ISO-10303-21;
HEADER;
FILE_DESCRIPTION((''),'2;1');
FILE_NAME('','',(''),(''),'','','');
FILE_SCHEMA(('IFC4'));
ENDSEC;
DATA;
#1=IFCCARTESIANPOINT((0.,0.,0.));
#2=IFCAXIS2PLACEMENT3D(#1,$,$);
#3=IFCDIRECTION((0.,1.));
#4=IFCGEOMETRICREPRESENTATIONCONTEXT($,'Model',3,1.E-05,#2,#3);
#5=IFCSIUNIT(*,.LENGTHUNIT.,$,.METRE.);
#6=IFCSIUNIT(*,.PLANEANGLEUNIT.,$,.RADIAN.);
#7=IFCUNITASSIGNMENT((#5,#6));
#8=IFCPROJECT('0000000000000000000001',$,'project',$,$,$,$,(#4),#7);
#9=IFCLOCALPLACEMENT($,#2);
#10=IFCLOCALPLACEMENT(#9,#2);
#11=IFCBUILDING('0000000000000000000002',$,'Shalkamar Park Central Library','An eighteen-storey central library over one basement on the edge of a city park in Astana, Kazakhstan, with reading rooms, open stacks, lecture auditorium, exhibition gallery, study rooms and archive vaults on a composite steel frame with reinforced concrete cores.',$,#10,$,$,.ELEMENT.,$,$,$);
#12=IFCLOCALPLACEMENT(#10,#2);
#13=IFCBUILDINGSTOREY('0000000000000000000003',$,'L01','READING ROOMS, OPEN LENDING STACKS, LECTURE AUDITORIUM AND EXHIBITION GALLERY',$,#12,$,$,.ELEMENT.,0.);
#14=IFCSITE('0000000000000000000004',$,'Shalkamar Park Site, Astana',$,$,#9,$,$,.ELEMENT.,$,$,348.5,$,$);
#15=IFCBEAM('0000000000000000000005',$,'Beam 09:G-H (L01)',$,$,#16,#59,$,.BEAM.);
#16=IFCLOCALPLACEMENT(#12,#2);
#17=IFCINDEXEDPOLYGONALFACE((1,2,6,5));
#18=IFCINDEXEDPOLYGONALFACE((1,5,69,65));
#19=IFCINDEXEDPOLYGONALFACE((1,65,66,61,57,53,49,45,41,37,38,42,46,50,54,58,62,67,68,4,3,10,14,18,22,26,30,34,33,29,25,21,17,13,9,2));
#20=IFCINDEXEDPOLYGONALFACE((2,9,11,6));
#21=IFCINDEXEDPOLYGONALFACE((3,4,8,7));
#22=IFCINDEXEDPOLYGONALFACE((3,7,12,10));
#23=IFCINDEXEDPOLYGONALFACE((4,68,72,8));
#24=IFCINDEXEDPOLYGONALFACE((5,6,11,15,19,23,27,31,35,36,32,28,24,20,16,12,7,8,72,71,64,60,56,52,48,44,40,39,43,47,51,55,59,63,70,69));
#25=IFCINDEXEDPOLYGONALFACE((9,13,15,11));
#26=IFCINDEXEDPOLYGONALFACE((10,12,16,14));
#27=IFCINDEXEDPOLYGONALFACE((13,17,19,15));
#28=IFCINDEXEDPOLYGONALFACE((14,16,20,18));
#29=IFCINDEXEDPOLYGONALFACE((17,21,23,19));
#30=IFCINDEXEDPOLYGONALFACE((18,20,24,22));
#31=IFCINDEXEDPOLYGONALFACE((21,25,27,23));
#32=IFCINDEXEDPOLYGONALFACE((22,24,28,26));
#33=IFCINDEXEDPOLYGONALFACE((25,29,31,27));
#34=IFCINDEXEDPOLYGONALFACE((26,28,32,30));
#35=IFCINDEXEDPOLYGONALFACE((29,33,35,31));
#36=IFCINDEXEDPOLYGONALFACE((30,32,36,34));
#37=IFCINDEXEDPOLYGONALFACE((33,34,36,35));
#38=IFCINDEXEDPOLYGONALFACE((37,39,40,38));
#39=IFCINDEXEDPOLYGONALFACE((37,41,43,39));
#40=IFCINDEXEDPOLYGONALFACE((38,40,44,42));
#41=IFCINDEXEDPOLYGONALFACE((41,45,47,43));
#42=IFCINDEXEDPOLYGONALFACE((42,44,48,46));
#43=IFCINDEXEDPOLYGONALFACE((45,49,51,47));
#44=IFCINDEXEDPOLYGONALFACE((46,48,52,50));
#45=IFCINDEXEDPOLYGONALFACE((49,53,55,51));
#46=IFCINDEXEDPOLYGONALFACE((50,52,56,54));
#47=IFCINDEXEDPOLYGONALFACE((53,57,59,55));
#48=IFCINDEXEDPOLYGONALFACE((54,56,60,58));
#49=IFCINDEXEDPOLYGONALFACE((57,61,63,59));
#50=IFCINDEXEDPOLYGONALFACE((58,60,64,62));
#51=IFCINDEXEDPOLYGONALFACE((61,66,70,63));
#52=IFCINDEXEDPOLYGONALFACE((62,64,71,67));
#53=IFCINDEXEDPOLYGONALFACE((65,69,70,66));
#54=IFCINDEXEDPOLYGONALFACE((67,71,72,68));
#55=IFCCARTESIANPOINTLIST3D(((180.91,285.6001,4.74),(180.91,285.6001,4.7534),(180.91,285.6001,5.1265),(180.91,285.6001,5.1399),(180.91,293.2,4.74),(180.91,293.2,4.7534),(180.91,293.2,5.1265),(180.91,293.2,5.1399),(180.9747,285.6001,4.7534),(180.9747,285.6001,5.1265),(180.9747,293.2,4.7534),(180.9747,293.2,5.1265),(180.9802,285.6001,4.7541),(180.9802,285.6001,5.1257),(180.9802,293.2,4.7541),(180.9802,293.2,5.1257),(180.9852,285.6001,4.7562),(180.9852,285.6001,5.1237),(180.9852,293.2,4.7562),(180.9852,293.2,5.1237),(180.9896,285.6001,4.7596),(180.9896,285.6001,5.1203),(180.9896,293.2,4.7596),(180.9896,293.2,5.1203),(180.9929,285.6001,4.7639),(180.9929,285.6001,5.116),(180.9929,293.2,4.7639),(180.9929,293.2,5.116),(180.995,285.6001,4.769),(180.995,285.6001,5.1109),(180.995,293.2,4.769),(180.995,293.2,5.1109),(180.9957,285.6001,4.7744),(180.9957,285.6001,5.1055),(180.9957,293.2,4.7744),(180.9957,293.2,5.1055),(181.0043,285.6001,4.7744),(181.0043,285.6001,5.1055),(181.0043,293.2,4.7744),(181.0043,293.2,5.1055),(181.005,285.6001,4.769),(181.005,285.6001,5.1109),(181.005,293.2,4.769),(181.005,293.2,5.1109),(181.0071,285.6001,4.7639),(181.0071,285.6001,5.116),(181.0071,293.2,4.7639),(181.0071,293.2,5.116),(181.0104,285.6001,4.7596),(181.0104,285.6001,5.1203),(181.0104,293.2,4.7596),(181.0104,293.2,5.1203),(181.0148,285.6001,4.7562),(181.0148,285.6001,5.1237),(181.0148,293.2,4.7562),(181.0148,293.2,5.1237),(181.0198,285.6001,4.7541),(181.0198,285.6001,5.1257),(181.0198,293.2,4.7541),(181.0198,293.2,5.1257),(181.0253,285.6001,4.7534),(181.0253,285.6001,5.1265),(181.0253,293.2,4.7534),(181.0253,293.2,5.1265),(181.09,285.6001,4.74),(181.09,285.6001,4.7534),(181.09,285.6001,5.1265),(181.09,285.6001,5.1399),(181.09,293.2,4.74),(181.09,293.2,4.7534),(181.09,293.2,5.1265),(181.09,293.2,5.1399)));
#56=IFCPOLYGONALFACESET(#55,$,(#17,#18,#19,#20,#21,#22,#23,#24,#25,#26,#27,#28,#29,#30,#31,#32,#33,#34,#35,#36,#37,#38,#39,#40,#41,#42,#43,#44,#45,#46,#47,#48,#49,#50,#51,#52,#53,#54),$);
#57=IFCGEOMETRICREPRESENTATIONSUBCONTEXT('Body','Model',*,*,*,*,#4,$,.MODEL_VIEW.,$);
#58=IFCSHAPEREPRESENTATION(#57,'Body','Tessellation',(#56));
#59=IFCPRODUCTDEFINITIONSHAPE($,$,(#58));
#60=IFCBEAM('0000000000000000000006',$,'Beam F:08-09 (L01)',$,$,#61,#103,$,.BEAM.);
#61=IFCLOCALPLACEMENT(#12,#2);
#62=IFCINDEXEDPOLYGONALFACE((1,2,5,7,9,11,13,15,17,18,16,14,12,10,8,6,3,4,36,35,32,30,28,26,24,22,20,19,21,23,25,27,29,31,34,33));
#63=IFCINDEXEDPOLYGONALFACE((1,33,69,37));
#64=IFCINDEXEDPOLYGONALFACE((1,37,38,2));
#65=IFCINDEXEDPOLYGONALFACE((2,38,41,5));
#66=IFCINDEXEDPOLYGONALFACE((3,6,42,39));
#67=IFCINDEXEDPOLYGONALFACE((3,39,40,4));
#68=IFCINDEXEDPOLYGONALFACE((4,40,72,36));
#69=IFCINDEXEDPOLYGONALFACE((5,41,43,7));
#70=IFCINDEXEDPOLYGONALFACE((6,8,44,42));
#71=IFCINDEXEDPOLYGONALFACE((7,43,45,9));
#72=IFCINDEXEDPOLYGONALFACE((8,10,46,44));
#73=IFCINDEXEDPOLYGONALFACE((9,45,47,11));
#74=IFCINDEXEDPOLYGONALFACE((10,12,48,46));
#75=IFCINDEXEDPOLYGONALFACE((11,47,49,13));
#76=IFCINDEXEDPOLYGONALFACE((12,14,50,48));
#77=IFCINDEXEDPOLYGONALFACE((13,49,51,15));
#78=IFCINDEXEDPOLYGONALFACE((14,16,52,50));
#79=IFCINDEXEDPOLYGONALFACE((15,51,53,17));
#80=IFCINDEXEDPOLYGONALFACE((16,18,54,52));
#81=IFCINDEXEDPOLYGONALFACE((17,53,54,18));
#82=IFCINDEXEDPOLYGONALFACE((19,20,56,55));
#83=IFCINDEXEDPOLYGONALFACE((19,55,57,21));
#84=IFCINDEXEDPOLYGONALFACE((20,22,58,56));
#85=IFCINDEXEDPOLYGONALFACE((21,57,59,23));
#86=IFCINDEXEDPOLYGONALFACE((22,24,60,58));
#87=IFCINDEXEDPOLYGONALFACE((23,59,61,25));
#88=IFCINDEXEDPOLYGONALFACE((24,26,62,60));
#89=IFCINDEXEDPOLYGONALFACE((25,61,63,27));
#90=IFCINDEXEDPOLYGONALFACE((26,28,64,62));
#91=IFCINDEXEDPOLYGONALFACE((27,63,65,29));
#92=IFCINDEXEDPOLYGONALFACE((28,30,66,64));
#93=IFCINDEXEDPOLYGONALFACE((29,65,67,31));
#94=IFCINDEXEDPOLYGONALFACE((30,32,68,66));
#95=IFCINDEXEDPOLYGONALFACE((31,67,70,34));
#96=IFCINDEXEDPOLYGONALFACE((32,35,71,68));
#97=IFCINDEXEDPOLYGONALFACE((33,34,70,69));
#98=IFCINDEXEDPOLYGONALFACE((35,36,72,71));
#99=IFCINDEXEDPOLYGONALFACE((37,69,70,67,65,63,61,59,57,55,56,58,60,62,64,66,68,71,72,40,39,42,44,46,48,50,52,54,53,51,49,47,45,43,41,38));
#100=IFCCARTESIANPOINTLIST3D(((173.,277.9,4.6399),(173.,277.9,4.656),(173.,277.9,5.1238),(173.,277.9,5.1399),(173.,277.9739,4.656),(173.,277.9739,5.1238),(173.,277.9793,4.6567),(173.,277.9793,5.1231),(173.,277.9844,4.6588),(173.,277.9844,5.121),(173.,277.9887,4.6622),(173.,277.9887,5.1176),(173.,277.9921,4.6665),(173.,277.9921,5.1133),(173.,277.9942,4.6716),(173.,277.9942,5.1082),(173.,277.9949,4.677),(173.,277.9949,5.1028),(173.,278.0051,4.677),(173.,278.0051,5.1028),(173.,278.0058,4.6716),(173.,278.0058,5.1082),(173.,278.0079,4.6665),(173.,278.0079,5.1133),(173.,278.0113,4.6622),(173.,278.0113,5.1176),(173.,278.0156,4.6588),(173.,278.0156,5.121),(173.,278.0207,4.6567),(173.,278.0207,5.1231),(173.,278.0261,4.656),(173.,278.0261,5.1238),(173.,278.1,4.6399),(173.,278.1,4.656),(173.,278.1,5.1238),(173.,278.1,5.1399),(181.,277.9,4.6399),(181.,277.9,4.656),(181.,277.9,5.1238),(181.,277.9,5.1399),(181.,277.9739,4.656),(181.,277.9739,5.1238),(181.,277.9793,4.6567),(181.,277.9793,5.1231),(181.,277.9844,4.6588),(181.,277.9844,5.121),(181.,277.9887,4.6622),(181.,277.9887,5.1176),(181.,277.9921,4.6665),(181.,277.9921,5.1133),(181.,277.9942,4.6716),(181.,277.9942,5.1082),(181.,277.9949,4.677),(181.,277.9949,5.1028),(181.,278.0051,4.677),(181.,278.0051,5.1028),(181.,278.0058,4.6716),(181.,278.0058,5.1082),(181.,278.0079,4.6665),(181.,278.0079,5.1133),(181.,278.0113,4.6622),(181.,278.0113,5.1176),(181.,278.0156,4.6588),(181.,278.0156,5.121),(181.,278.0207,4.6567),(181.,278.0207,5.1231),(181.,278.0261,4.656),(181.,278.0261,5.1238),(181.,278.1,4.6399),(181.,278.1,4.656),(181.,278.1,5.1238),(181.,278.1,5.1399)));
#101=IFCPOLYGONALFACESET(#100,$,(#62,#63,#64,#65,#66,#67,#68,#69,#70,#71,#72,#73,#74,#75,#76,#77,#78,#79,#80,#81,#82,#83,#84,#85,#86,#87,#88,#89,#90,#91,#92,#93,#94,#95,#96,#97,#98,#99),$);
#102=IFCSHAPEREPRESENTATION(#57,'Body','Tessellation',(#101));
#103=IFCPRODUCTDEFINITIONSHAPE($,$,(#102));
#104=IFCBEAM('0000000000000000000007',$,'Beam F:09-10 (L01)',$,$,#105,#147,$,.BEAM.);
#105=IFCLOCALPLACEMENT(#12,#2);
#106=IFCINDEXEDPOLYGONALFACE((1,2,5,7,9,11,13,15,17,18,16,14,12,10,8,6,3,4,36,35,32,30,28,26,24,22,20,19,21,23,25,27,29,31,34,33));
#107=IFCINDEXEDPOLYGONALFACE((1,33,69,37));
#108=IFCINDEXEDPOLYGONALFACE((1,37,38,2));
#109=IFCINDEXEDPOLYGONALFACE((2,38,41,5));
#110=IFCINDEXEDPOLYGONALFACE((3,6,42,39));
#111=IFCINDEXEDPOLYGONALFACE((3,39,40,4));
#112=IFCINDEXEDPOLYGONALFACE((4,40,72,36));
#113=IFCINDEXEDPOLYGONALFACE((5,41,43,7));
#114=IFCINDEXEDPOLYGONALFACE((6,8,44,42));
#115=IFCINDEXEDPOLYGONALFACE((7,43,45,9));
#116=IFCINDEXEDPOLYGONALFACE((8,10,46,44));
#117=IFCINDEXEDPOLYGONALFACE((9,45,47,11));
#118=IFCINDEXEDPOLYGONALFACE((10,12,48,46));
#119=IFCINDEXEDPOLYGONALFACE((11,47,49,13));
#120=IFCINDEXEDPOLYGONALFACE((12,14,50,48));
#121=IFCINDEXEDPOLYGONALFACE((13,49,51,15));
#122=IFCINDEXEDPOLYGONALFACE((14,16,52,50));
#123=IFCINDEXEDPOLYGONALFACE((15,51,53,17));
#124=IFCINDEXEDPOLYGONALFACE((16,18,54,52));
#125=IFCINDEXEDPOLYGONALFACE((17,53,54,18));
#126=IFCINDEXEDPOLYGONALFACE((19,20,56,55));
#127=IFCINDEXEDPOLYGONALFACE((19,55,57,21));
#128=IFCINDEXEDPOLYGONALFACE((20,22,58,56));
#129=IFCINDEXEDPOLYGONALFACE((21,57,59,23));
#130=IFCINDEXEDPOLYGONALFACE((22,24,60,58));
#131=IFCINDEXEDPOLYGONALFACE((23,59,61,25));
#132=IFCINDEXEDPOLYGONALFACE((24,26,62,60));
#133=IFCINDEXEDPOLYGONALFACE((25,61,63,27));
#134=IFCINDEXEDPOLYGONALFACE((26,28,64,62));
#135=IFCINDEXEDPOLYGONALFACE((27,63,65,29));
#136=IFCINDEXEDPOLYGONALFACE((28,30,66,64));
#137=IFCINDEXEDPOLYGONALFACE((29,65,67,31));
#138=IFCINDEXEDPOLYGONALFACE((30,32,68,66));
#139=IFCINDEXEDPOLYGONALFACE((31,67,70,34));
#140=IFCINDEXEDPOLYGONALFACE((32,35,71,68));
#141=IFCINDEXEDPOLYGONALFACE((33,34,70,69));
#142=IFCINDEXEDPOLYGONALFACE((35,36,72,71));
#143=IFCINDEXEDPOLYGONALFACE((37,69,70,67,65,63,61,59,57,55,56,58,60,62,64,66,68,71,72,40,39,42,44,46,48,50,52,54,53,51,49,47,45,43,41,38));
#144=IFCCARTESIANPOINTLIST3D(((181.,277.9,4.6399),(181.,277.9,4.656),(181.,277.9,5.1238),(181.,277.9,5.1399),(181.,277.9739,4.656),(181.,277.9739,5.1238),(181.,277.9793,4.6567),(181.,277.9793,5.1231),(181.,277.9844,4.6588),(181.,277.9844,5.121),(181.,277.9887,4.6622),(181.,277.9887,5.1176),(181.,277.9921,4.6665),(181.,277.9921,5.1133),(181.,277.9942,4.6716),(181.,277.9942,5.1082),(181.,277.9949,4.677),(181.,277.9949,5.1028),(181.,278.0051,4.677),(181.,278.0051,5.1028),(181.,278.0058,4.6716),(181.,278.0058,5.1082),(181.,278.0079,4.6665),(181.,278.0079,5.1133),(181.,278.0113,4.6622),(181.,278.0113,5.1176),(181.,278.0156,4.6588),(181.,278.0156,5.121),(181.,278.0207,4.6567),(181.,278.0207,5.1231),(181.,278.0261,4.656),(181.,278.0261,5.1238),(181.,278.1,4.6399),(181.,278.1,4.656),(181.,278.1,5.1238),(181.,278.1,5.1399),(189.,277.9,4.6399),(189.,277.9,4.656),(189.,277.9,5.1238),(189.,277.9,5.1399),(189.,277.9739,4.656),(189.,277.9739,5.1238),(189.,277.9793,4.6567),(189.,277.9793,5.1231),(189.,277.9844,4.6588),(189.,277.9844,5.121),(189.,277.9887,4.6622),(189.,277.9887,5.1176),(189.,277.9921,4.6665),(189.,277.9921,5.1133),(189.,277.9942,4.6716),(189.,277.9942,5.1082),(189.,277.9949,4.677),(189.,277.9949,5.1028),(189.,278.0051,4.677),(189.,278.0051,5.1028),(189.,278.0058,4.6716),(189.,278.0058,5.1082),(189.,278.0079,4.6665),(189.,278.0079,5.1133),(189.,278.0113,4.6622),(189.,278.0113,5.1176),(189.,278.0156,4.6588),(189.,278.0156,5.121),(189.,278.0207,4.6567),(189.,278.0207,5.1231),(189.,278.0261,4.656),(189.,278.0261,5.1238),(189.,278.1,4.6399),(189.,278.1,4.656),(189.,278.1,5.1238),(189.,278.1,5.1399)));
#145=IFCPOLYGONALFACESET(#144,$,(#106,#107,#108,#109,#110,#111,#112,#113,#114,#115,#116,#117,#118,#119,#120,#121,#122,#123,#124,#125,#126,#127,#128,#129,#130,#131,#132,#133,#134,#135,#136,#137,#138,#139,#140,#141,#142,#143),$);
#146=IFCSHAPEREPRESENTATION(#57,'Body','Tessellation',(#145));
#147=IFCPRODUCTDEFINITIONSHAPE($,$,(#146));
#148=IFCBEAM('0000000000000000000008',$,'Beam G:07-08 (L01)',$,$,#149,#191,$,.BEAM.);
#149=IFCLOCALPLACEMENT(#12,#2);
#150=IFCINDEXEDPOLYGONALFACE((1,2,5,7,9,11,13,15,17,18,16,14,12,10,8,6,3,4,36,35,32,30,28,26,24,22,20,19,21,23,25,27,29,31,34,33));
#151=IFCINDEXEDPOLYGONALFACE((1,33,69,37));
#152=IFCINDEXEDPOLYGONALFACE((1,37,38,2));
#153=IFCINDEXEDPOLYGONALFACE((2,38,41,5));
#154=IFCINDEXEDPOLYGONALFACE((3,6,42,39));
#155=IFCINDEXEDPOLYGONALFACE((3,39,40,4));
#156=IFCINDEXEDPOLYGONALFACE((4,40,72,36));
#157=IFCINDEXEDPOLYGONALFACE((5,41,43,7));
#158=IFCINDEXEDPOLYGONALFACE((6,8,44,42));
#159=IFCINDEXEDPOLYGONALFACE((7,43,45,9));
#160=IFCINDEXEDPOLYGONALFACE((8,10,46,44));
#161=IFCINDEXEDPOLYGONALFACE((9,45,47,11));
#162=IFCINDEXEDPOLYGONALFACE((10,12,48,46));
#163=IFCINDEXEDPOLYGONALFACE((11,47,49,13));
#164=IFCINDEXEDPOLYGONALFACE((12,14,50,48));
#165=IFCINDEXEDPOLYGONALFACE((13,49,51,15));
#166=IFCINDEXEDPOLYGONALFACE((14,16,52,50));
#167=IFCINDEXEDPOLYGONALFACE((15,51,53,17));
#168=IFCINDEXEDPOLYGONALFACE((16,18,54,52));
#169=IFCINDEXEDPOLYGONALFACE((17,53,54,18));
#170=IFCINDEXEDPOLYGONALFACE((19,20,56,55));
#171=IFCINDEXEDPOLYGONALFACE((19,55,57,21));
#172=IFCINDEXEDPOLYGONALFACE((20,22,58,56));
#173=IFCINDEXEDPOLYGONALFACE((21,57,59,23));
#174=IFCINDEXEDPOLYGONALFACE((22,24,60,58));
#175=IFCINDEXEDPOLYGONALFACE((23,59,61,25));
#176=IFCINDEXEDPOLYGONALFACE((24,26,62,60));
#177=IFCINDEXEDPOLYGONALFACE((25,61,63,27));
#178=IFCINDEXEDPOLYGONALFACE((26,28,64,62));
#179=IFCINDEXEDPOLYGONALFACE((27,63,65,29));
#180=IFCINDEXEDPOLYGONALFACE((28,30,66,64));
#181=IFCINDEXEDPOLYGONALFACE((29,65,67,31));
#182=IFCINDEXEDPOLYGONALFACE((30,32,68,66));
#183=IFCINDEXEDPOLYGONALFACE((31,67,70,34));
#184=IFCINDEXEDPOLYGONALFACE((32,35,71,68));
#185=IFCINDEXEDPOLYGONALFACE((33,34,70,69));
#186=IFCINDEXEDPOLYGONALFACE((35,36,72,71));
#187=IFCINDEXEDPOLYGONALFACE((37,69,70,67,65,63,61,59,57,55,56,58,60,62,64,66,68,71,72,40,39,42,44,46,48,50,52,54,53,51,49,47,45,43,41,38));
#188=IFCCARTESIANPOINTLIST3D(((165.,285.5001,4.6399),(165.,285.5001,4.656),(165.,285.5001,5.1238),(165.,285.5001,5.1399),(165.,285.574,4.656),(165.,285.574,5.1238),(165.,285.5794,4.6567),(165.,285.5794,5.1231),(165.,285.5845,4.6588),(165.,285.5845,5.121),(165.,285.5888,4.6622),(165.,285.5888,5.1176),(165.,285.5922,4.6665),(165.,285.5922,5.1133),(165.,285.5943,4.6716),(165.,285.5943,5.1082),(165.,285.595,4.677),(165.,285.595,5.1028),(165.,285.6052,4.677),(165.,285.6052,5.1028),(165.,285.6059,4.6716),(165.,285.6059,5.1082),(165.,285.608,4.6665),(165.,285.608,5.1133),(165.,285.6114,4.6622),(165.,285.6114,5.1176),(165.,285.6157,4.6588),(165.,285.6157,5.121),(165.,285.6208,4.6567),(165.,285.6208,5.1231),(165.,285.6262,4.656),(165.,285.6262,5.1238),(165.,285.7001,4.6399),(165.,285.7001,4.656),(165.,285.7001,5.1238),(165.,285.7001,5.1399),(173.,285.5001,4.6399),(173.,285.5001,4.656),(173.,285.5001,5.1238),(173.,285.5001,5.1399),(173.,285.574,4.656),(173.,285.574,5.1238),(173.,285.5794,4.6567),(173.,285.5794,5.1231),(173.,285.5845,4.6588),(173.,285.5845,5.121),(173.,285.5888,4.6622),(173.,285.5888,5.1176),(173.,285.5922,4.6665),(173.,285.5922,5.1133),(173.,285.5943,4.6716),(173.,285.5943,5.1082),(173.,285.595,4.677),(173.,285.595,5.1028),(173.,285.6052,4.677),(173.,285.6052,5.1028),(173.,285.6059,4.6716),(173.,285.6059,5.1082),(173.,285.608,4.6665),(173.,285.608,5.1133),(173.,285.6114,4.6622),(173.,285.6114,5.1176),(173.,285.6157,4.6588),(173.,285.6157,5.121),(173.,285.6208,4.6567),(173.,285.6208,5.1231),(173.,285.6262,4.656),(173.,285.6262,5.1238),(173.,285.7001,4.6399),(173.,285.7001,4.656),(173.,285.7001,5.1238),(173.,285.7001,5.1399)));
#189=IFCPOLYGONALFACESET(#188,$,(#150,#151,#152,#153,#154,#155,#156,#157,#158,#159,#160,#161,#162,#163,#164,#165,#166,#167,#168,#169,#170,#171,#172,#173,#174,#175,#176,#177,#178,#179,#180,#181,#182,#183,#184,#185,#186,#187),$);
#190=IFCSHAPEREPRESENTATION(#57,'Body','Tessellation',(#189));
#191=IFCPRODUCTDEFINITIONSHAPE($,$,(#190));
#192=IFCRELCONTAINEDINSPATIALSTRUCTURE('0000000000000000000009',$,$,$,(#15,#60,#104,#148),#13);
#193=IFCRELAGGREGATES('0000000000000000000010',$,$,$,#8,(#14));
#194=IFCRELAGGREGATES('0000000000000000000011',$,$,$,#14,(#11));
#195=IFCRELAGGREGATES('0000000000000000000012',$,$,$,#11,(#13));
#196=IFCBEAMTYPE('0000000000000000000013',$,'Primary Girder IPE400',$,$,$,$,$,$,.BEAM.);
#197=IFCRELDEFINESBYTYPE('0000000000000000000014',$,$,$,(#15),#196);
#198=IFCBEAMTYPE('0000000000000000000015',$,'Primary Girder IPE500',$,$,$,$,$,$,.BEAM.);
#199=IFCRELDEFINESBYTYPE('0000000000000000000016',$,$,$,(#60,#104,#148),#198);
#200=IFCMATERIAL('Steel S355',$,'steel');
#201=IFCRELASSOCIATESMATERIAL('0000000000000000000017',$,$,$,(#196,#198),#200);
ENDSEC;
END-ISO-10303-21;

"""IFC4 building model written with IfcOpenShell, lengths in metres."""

from ifc_helpers import new_model, si_unit, direction, frame, origin, origin_2d, place, context, subcontext, project, spatial, i_section, extrude, material, material_profile, profile_set, type_object, element, save


model = new_model("IFC4")

# Units and contexts
model_context = context("Model", 3, precision=1e-05, world=origin(), true_north=direction((0.0, 1.0)))
body_context = subcontext(model_context, "Body", "Model", "MODEL_VIEW")
ifc_project = project(units=[si_unit("LENGTHUNIT", "METRE"), si_unit("PLANEANGLEUNIT", "RADIAN")], contexts=[model_context])

# Site, building, storey
site_placement = place(None, origin())
site = spatial("IfcSite", under=ifc_project, at=site_placement, Name="Shalkamar Park Site, Astana", CompositionType="ELEMENT", RefElevation=348.5)
building_placement = place(site_placement, origin())
building = spatial("IfcBuilding", under=site, at=building_placement, Name="Shalkamar Park Central Library", Description="An eighteen-storey central library over one basement on the edge of a city park in Astana, Kazakhstan, with reading rooms, open stacks, lecture auditorium, exhibition gallery, study rooms and archive vaults on a composite steel frame with reinforced concrete cores.", CompositionType="ELEMENT")
storey_placement = place(building_placement, origin())
storey = spatial("IfcBuildingStorey", under=building, at=storey_placement, Name="L01", Description="READING ROOMS, OPEN LENDING STACKS, LECTURE AUDITORIUM AND EXHIBITION GALLERY", CompositionType="ELEMENT", Elevation=0.0)

# Shared definitions
ifc_material = material(Name="Steel S355", Category="steel")

# Beams
ifc_material_profile_1 = material_profile(ifc_material, i_section(OverallWidth=0.1799, OverallDepth=0.3999, WebThickness=0.0085, FlangeThickness=0.0134, FilletRadius=0.021, at=origin_2d()), Name="IPE 400")
ifc_profile_set_1 = profile_set([ifc_material_profile_1], Name="Steel S355")
beam_type_1 = type_object("IfcBeamType", Name="Primary Girder IPE400", PredefinedType="BEAM", material=ifc_profile_set_1)
beam_1_placement = place(storey_placement, frame((181.0, 285.6001, 4.9399), z_axis=(0.0, 1.0, 0.0), x_axis=(-1.0, 0.0, 0.0)))
element("IfcBeam", 1, at=beam_1_placement, inside=storey, type_object=beam_type_1, Name="Beam 09:G-H (L01)", PredefinedType="BEAM", context=body_context, shape_type="SweptSolid", body=[
    extrude(i_section(OverallWidth=0.1799, OverallDepth=0.3999, WebThickness=0.0085, FlangeThickness=0.0134, FilletRadius=0.021, at=origin_2d()), origin(), (0.0, 0.0, 1.0), 7.5999),
])
ifc_material_profile_2 = material_profile(ifc_material, i_section(OverallWidth=0.2, OverallDepth=0.5, WebThickness=0.0103, FlangeThickness=0.0161, FilletRadius=0.021, at=origin_2d()), Name="IPE 500")
ifc_profile_set_2 = profile_set([ifc_material_profile_2], Name="Steel S355")
beam_type_2 = type_object("IfcBeamType", Name="Primary Girder IPE500", PredefinedType="BEAM", material=ifc_profile_set_2)
for number, where, z_axis, x_axis, name in (
    (2, (173.0, 278.0, 4.8899), (1.0, 0.0, 0.0), (0.0, 1.0, 0.0), "Beam F:08-09 (L01)"),
    (3, (181.0, 278.0, 4.8899), (1.0, 0.0, 0.0), (0.0, 1.0, 0.0), "Beam F:09-10 (L01)"),
    (4, (165.0, 285.6001, 4.8899), (1.0, 0.0, 0.0), (0.0, 1.0, 0.0), "Beam G:07-08 (L01)"),
):
    element("IfcBeam", number, at=place(storey_placement, frame(where, z_axis=z_axis, x_axis=x_axis)), inside=storey, type_object=beam_type_2, Name=name, PredefinedType="BEAM", context=body_context, shape_type="SweptSolid", body=[
        extrude(i_section(OverallWidth=0.2, OverallDepth=0.5, WebThickness=0.0103, FlangeThickness=0.0161, FilletRadius=0.021, at=origin_2d()), origin(), (0.0, 0.0, 1.0), 8.0),
    ])

save(model, "model.ifc")
